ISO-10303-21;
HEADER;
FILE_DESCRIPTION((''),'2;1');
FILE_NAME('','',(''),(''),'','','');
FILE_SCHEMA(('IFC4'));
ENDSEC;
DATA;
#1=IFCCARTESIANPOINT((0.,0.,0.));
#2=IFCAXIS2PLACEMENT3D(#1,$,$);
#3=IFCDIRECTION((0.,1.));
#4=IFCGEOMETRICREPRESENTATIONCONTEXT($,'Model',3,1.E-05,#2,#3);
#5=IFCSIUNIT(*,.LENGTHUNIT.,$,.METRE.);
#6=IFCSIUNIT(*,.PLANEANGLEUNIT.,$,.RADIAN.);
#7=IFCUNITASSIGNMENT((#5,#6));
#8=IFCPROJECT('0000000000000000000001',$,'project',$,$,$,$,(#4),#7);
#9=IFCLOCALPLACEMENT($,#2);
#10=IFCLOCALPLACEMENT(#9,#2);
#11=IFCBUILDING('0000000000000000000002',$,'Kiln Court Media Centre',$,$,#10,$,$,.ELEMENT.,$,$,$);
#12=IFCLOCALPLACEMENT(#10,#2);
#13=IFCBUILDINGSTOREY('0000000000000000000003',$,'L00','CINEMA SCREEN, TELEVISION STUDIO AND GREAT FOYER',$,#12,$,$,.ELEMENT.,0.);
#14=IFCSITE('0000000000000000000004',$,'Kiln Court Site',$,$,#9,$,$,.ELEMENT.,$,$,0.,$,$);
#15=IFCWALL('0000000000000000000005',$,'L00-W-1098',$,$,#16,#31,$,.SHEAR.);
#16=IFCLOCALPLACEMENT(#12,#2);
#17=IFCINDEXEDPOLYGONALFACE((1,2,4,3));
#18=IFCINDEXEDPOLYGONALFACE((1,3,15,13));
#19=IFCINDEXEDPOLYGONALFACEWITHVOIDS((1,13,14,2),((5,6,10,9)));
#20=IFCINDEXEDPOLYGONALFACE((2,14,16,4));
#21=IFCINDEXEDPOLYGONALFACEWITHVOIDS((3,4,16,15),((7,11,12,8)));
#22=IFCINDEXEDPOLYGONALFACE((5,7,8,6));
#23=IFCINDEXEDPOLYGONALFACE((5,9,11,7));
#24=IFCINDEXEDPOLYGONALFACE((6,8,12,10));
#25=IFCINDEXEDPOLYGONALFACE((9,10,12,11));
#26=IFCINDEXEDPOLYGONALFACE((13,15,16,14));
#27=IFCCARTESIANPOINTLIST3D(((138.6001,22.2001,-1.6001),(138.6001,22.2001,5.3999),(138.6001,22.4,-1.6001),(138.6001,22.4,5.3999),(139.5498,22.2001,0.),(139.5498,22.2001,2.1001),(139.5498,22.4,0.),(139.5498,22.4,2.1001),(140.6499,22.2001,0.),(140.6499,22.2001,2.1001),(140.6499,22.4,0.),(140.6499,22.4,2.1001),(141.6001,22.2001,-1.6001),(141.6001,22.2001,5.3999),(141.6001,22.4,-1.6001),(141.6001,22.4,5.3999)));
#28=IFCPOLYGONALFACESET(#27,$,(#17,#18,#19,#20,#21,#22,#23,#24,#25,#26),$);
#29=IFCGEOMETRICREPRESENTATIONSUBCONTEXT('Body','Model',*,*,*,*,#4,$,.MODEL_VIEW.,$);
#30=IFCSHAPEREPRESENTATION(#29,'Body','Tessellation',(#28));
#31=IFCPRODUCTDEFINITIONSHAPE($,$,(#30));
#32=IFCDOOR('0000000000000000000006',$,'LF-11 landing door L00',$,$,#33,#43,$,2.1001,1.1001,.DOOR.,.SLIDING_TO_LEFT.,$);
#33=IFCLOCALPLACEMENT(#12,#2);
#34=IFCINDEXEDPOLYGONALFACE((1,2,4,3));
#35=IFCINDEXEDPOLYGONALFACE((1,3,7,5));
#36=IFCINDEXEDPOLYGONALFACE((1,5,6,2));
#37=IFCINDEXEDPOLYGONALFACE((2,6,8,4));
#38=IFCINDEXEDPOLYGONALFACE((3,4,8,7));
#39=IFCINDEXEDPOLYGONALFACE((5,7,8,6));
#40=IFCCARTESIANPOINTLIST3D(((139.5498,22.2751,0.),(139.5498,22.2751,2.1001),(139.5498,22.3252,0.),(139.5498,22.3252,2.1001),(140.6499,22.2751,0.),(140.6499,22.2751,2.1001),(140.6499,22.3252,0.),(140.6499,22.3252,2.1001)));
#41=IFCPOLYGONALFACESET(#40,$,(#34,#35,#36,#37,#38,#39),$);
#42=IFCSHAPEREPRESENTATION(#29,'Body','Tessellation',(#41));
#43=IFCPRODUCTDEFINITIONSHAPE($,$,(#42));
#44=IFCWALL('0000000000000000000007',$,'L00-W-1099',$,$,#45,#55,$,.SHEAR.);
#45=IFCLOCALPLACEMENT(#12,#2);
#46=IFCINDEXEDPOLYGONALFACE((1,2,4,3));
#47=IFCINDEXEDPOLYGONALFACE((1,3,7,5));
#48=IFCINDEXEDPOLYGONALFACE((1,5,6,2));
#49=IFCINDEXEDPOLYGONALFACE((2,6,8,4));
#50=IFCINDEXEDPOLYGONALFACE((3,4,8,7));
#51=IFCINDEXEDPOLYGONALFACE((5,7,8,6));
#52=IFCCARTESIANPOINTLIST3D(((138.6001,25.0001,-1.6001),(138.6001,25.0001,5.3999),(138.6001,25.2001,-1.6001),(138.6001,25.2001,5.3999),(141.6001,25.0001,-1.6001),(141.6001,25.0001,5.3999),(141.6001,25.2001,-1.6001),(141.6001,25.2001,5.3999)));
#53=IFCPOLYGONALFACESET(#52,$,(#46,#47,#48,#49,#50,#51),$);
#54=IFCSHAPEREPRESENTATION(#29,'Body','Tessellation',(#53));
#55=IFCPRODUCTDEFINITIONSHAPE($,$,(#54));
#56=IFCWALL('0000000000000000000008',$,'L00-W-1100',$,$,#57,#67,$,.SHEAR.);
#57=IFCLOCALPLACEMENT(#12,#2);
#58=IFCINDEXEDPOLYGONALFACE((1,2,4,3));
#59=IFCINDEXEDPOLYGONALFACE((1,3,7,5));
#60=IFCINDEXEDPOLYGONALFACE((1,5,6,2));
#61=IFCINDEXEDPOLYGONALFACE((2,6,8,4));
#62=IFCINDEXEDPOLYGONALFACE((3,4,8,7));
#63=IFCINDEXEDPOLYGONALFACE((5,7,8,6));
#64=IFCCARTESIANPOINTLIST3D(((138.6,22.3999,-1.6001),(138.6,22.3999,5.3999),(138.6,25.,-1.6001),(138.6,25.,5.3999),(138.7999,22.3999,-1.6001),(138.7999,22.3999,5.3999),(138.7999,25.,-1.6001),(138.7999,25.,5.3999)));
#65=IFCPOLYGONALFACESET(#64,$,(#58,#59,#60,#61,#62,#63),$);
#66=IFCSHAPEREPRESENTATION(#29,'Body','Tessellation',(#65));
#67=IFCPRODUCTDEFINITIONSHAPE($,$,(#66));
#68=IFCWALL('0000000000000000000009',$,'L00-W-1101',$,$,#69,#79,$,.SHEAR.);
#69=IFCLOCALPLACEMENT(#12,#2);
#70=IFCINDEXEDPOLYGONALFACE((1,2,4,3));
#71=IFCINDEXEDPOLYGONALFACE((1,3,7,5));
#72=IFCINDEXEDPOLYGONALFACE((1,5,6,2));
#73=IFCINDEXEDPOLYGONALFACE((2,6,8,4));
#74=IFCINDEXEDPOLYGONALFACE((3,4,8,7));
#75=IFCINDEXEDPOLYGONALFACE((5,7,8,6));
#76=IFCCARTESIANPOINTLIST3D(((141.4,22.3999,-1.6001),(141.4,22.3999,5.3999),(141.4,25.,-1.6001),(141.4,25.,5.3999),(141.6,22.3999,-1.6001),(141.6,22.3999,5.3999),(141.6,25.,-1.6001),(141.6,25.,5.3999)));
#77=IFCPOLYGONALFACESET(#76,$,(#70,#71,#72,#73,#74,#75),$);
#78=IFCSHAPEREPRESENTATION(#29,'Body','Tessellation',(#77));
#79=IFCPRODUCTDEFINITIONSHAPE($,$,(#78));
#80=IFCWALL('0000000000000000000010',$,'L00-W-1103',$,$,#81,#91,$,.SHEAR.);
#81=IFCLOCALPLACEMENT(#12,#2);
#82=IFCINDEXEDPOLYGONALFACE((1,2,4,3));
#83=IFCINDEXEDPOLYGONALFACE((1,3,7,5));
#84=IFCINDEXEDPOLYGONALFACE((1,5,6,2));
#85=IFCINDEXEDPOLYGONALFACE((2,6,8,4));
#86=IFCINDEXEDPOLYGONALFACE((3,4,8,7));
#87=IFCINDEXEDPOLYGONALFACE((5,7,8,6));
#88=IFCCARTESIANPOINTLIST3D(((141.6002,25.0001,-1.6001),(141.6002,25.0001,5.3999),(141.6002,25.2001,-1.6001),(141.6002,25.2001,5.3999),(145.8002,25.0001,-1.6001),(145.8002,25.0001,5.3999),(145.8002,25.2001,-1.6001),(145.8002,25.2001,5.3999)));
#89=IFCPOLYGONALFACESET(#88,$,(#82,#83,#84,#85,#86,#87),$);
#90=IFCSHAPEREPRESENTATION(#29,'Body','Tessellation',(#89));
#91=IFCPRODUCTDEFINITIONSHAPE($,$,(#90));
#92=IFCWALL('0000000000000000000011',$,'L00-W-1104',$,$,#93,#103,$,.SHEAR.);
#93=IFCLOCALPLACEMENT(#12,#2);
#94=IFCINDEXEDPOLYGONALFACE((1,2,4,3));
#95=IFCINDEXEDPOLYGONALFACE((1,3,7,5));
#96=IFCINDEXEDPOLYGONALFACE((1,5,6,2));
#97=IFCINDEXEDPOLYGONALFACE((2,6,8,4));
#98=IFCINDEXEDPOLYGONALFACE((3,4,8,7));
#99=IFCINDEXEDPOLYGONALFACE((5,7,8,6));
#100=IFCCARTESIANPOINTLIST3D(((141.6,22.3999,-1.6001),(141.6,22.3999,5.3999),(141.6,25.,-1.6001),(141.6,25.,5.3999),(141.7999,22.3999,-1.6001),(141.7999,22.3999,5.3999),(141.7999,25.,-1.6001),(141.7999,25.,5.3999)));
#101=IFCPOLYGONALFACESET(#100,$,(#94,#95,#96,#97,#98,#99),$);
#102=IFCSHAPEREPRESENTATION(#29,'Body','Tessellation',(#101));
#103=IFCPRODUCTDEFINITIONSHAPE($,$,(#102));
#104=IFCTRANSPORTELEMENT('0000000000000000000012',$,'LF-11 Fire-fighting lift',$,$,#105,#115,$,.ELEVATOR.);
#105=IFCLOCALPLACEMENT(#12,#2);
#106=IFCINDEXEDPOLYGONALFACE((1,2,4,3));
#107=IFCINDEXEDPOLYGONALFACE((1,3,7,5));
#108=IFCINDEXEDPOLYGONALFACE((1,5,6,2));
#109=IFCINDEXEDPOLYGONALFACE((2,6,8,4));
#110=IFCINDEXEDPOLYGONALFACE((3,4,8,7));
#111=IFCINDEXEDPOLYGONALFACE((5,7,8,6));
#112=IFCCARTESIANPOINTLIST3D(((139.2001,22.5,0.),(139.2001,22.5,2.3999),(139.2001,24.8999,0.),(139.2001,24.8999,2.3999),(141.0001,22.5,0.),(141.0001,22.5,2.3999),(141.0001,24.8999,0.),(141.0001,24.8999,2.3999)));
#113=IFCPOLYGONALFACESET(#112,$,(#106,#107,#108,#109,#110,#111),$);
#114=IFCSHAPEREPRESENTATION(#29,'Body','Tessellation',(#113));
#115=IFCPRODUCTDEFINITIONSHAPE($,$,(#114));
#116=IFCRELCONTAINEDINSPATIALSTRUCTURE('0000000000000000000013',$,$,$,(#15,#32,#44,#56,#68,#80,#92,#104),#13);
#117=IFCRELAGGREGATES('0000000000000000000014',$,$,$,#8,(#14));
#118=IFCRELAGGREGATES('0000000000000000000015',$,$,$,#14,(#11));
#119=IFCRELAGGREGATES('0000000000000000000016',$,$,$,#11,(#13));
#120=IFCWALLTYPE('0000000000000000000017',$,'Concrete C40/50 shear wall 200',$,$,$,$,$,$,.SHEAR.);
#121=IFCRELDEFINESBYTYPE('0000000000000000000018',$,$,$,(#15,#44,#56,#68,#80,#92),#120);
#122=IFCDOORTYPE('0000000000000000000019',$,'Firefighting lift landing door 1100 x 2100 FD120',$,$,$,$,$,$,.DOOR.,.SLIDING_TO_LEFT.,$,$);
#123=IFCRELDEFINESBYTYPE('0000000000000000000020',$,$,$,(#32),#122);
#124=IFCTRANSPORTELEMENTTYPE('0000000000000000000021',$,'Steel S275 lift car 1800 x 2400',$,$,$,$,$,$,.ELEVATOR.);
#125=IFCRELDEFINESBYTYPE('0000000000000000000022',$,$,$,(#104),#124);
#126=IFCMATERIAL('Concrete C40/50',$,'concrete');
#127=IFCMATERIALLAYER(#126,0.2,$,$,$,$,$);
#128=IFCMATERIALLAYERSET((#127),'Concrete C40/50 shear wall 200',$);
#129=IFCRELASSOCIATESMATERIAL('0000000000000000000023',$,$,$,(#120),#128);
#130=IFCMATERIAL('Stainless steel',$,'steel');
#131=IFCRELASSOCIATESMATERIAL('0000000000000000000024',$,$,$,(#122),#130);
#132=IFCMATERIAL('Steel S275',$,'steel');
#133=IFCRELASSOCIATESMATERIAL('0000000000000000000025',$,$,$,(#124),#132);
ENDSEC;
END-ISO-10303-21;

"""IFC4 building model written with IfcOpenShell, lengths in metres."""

from ifc_helpers import new_model, si_unit, direction, frame, frame_2d, origin, origin_2d, place, context, subcontext, project, spatial, rectangle, extrude, material, layer, layer_set, type_object, element, fill, save


model = new_model("IFC4")

# Units and contexts
model_context = context("Model", 3, precision=1e-05, world=origin(), true_north=direction((0.0, 1.0)))
body_context = subcontext(model_context, "Body", "Model", "MODEL_VIEW")
ifc_project = project(units=[si_unit("LENGTHUNIT", "METRE"), si_unit("PLANEANGLEUNIT", "RADIAN")], contexts=[model_context])

# Site, building, storey
site_placement = place(None, origin())
site = spatial("IfcSite", under=ifc_project, at=site_placement, Name="Kiln Court Site", CompositionType="ELEMENT", RefElevation=0.0)
building_placement = place(site_placement, origin())
building = spatial("IfcBuilding", under=site, at=building_placement, Name="Kiln Court Media Centre", CompositionType="ELEMENT")
storey_placement = place(building_placement, origin())
storey = spatial("IfcBuildingStorey", under=building, at=storey_placement, Name="L00", Description="CINEMA SCREEN, TELEVISION STUDIO AND GREAT FOYER", CompositionType="ELEMENT", Elevation=0.0)

# Wall, opening, door
ifc_material_1 = material(Name="Concrete C40/50", Category="concrete")
ifc_layer_1 = layer(ifc_material_1, 0.2)
ifc_layer_set_1 = layer_set([ifc_layer_1], Name="Concrete C40/50 shear wall 200")
wall_type_1 = type_object("IfcWallType", Name="Concrete C40/50 shear wall 200", PredefinedType="SHEAR", material=ifc_layer_set_1)
wall_1_placement = place(storey_placement, frame((141.6001, 22.3, -1.6001), z_axis=(0.0, 0.0, 1.0), x_axis=(-1.0, 0.0, 0.0)))
wall_1 = element("IfcWall", 1, at=wall_1_placement, inside=storey, type_object=wall_type_1, Name="L00-W-1098", PredefinedType="SHEAR", context=body_context, shape_type="SweptSolid", body=[
    extrude(rectangle(XDim=3.0, YDim=0.2, at=frame_2d((1.5, 0.0))), origin(), (0.0, 0.0, 1.0), 7.0),
])
opening_placement = place(wall_1_placement, frame((0.9502, 0.0, 1.6001)))
opening = element("IfcOpeningElement", 2, at=opening_placement, cuts=wall_1, PredefinedType="OPENING", context=body_context, shape_type="SweptSolid", body=[
    extrude(rectangle(XDim=1.1001, YDim=2.1001, at=frame_2d((0.55, 1.05))), frame((0.0, 0.1099, 0.0), z_axis=(0.0, -1.0, 0.0), x_axis=(1.0, 0.0, 0.0)), (0.0, 0.0, 1.0), 0.22),
])
ifc_material_2 = material(Name="Stainless steel", Category="steel")
door_type = type_object("IfcDoorType", Name="Firefighting lift landing door 1100 x 2100 FD120", OperationType="SLIDING_TO_LEFT", PredefinedType="DOOR", material=ifc_material_2)
door_placement = place(opening_placement, origin())
door = element("IfcDoor", 3, at=door_placement, inside=storey, type_object=door_type, Name="LF-11 landing door L00", OperationType="SLIDING_TO_LEFT", OverallHeight=2.1001, OverallWidth=1.1001, PredefinedType="DOOR", context=body_context, shape_type="SweptSolid", body=[
    extrude(rectangle(XDim=1.1001, YDim=2.1001, at=frame_2d((0.55, 1.05))), frame((0.0, 0.0249, 0.0), z_axis=(0.0, -1.0, 0.0), x_axis=(1.0, 0.0, 0.0)), (0.0, 0.0, 1.0), 0.05),
])
fill(opening, door)

# Walls
wall_2_placement = place(storey_placement, frame((138.6001, 25.1001, -1.6001), z_axis=(0.0, 0.0, 1.0), x_axis=(1.0, 0.0, 0.0)))
element("IfcWall", 4, at=wall_2_placement, inside=storey, type_object=wall_type_1, Name="L00-W-1099", PredefinedType="SHEAR", context=body_context, shape_type="SweptSolid", body=[
    extrude(rectangle(XDim=3.0, YDim=0.2, at=frame_2d((1.5, 0.0))), origin(), (0.0, 0.0, 1.0), 7.0),
])
for number, where, z_axis, x_axis, name in (
    (5, (138.7, 22.3999, -1.6001), (0.0, 0.0, 1.0), (0.0, 1.0, 0.0), "L00-W-1100"),
    (6, (141.5, 25.0, -1.6001), (0.0, 0.0, 1.0), (0.0, -1.0, 0.0), "L00-W-1101"),
):
    element("IfcWall", number, at=place(storey_placement, frame(where, z_axis=z_axis, x_axis=x_axis)), inside=storey, type_object=wall_type_1, Name=name, PredefinedType="SHEAR", context=body_context, shape_type="SweptSolid", body=[
        extrude(rectangle(XDim=2.6001, YDim=0.2, at=frame_2d((1.3, 0.0))), origin(), (0.0, 0.0, 1.0), 7.0),
    ])
wall_3_placement = place(storey_placement, frame((141.6001, 25.1001, -1.6001), z_axis=(0.0, 0.0, 1.0), x_axis=(1.0, 0.0, 0.0)))
element("IfcWall", 7, at=wall_3_placement, inside=storey, type_object=wall_type_1, Name="L00-W-1103", PredefinedType="SHEAR", context=body_context, shape_type="SweptSolid", body=[
    extrude(rectangle(XDim=4.2, YDim=0.2, at=frame_2d((2.1001, 0.0))), origin(), (0.0, 0.0, 1.0), 7.0),
])
wall_4_placement = place(storey_placement, frame((141.7, 22.3999, -1.6001), z_axis=(0.0, 0.0, 1.0), x_axis=(0.0, 1.0, 0.0)))
element("IfcWall", 8, at=wall_4_placement, inside=storey, type_object=wall_type_1, Name="L00-W-1104", PredefinedType="SHEAR", context=body_context, shape_type="SweptSolid", body=[
    extrude(rectangle(XDim=2.6001, YDim=0.2, at=frame_2d((1.3, 0.0))), origin(), (0.0, 0.0, 1.0), 7.0),
])

# Transport element
ifc_material_3 = material(Name="Steel S275", Category="steel")
transport_element_type = type_object("IfcTransportElementType", Name="Steel S275 lift car 1800 x 2400", PredefinedType="ELEVATOR", material=ifc_material_3)
transport_element_placement = place(storey_placement, frame((140.1001, 23.7, 0.0), z_axis=(0.0, 0.0, 1.0), x_axis=(1.0, 0.0, 0.0)))
element("IfcTransportElement", 9, at=transport_element_placement, inside=storey, type_object=transport_element_type, Name="LF-11 Fire-fighting lift", PredefinedType="ELEVATOR", context=body_context, shape_type="SweptSolid", body=[
    extrude(rectangle(XDim=1.8, YDim=2.3999, at=origin_2d()), origin(), (0.0, 0.0, 1.0), 2.3999),
])

save(model, "model.ifc")
